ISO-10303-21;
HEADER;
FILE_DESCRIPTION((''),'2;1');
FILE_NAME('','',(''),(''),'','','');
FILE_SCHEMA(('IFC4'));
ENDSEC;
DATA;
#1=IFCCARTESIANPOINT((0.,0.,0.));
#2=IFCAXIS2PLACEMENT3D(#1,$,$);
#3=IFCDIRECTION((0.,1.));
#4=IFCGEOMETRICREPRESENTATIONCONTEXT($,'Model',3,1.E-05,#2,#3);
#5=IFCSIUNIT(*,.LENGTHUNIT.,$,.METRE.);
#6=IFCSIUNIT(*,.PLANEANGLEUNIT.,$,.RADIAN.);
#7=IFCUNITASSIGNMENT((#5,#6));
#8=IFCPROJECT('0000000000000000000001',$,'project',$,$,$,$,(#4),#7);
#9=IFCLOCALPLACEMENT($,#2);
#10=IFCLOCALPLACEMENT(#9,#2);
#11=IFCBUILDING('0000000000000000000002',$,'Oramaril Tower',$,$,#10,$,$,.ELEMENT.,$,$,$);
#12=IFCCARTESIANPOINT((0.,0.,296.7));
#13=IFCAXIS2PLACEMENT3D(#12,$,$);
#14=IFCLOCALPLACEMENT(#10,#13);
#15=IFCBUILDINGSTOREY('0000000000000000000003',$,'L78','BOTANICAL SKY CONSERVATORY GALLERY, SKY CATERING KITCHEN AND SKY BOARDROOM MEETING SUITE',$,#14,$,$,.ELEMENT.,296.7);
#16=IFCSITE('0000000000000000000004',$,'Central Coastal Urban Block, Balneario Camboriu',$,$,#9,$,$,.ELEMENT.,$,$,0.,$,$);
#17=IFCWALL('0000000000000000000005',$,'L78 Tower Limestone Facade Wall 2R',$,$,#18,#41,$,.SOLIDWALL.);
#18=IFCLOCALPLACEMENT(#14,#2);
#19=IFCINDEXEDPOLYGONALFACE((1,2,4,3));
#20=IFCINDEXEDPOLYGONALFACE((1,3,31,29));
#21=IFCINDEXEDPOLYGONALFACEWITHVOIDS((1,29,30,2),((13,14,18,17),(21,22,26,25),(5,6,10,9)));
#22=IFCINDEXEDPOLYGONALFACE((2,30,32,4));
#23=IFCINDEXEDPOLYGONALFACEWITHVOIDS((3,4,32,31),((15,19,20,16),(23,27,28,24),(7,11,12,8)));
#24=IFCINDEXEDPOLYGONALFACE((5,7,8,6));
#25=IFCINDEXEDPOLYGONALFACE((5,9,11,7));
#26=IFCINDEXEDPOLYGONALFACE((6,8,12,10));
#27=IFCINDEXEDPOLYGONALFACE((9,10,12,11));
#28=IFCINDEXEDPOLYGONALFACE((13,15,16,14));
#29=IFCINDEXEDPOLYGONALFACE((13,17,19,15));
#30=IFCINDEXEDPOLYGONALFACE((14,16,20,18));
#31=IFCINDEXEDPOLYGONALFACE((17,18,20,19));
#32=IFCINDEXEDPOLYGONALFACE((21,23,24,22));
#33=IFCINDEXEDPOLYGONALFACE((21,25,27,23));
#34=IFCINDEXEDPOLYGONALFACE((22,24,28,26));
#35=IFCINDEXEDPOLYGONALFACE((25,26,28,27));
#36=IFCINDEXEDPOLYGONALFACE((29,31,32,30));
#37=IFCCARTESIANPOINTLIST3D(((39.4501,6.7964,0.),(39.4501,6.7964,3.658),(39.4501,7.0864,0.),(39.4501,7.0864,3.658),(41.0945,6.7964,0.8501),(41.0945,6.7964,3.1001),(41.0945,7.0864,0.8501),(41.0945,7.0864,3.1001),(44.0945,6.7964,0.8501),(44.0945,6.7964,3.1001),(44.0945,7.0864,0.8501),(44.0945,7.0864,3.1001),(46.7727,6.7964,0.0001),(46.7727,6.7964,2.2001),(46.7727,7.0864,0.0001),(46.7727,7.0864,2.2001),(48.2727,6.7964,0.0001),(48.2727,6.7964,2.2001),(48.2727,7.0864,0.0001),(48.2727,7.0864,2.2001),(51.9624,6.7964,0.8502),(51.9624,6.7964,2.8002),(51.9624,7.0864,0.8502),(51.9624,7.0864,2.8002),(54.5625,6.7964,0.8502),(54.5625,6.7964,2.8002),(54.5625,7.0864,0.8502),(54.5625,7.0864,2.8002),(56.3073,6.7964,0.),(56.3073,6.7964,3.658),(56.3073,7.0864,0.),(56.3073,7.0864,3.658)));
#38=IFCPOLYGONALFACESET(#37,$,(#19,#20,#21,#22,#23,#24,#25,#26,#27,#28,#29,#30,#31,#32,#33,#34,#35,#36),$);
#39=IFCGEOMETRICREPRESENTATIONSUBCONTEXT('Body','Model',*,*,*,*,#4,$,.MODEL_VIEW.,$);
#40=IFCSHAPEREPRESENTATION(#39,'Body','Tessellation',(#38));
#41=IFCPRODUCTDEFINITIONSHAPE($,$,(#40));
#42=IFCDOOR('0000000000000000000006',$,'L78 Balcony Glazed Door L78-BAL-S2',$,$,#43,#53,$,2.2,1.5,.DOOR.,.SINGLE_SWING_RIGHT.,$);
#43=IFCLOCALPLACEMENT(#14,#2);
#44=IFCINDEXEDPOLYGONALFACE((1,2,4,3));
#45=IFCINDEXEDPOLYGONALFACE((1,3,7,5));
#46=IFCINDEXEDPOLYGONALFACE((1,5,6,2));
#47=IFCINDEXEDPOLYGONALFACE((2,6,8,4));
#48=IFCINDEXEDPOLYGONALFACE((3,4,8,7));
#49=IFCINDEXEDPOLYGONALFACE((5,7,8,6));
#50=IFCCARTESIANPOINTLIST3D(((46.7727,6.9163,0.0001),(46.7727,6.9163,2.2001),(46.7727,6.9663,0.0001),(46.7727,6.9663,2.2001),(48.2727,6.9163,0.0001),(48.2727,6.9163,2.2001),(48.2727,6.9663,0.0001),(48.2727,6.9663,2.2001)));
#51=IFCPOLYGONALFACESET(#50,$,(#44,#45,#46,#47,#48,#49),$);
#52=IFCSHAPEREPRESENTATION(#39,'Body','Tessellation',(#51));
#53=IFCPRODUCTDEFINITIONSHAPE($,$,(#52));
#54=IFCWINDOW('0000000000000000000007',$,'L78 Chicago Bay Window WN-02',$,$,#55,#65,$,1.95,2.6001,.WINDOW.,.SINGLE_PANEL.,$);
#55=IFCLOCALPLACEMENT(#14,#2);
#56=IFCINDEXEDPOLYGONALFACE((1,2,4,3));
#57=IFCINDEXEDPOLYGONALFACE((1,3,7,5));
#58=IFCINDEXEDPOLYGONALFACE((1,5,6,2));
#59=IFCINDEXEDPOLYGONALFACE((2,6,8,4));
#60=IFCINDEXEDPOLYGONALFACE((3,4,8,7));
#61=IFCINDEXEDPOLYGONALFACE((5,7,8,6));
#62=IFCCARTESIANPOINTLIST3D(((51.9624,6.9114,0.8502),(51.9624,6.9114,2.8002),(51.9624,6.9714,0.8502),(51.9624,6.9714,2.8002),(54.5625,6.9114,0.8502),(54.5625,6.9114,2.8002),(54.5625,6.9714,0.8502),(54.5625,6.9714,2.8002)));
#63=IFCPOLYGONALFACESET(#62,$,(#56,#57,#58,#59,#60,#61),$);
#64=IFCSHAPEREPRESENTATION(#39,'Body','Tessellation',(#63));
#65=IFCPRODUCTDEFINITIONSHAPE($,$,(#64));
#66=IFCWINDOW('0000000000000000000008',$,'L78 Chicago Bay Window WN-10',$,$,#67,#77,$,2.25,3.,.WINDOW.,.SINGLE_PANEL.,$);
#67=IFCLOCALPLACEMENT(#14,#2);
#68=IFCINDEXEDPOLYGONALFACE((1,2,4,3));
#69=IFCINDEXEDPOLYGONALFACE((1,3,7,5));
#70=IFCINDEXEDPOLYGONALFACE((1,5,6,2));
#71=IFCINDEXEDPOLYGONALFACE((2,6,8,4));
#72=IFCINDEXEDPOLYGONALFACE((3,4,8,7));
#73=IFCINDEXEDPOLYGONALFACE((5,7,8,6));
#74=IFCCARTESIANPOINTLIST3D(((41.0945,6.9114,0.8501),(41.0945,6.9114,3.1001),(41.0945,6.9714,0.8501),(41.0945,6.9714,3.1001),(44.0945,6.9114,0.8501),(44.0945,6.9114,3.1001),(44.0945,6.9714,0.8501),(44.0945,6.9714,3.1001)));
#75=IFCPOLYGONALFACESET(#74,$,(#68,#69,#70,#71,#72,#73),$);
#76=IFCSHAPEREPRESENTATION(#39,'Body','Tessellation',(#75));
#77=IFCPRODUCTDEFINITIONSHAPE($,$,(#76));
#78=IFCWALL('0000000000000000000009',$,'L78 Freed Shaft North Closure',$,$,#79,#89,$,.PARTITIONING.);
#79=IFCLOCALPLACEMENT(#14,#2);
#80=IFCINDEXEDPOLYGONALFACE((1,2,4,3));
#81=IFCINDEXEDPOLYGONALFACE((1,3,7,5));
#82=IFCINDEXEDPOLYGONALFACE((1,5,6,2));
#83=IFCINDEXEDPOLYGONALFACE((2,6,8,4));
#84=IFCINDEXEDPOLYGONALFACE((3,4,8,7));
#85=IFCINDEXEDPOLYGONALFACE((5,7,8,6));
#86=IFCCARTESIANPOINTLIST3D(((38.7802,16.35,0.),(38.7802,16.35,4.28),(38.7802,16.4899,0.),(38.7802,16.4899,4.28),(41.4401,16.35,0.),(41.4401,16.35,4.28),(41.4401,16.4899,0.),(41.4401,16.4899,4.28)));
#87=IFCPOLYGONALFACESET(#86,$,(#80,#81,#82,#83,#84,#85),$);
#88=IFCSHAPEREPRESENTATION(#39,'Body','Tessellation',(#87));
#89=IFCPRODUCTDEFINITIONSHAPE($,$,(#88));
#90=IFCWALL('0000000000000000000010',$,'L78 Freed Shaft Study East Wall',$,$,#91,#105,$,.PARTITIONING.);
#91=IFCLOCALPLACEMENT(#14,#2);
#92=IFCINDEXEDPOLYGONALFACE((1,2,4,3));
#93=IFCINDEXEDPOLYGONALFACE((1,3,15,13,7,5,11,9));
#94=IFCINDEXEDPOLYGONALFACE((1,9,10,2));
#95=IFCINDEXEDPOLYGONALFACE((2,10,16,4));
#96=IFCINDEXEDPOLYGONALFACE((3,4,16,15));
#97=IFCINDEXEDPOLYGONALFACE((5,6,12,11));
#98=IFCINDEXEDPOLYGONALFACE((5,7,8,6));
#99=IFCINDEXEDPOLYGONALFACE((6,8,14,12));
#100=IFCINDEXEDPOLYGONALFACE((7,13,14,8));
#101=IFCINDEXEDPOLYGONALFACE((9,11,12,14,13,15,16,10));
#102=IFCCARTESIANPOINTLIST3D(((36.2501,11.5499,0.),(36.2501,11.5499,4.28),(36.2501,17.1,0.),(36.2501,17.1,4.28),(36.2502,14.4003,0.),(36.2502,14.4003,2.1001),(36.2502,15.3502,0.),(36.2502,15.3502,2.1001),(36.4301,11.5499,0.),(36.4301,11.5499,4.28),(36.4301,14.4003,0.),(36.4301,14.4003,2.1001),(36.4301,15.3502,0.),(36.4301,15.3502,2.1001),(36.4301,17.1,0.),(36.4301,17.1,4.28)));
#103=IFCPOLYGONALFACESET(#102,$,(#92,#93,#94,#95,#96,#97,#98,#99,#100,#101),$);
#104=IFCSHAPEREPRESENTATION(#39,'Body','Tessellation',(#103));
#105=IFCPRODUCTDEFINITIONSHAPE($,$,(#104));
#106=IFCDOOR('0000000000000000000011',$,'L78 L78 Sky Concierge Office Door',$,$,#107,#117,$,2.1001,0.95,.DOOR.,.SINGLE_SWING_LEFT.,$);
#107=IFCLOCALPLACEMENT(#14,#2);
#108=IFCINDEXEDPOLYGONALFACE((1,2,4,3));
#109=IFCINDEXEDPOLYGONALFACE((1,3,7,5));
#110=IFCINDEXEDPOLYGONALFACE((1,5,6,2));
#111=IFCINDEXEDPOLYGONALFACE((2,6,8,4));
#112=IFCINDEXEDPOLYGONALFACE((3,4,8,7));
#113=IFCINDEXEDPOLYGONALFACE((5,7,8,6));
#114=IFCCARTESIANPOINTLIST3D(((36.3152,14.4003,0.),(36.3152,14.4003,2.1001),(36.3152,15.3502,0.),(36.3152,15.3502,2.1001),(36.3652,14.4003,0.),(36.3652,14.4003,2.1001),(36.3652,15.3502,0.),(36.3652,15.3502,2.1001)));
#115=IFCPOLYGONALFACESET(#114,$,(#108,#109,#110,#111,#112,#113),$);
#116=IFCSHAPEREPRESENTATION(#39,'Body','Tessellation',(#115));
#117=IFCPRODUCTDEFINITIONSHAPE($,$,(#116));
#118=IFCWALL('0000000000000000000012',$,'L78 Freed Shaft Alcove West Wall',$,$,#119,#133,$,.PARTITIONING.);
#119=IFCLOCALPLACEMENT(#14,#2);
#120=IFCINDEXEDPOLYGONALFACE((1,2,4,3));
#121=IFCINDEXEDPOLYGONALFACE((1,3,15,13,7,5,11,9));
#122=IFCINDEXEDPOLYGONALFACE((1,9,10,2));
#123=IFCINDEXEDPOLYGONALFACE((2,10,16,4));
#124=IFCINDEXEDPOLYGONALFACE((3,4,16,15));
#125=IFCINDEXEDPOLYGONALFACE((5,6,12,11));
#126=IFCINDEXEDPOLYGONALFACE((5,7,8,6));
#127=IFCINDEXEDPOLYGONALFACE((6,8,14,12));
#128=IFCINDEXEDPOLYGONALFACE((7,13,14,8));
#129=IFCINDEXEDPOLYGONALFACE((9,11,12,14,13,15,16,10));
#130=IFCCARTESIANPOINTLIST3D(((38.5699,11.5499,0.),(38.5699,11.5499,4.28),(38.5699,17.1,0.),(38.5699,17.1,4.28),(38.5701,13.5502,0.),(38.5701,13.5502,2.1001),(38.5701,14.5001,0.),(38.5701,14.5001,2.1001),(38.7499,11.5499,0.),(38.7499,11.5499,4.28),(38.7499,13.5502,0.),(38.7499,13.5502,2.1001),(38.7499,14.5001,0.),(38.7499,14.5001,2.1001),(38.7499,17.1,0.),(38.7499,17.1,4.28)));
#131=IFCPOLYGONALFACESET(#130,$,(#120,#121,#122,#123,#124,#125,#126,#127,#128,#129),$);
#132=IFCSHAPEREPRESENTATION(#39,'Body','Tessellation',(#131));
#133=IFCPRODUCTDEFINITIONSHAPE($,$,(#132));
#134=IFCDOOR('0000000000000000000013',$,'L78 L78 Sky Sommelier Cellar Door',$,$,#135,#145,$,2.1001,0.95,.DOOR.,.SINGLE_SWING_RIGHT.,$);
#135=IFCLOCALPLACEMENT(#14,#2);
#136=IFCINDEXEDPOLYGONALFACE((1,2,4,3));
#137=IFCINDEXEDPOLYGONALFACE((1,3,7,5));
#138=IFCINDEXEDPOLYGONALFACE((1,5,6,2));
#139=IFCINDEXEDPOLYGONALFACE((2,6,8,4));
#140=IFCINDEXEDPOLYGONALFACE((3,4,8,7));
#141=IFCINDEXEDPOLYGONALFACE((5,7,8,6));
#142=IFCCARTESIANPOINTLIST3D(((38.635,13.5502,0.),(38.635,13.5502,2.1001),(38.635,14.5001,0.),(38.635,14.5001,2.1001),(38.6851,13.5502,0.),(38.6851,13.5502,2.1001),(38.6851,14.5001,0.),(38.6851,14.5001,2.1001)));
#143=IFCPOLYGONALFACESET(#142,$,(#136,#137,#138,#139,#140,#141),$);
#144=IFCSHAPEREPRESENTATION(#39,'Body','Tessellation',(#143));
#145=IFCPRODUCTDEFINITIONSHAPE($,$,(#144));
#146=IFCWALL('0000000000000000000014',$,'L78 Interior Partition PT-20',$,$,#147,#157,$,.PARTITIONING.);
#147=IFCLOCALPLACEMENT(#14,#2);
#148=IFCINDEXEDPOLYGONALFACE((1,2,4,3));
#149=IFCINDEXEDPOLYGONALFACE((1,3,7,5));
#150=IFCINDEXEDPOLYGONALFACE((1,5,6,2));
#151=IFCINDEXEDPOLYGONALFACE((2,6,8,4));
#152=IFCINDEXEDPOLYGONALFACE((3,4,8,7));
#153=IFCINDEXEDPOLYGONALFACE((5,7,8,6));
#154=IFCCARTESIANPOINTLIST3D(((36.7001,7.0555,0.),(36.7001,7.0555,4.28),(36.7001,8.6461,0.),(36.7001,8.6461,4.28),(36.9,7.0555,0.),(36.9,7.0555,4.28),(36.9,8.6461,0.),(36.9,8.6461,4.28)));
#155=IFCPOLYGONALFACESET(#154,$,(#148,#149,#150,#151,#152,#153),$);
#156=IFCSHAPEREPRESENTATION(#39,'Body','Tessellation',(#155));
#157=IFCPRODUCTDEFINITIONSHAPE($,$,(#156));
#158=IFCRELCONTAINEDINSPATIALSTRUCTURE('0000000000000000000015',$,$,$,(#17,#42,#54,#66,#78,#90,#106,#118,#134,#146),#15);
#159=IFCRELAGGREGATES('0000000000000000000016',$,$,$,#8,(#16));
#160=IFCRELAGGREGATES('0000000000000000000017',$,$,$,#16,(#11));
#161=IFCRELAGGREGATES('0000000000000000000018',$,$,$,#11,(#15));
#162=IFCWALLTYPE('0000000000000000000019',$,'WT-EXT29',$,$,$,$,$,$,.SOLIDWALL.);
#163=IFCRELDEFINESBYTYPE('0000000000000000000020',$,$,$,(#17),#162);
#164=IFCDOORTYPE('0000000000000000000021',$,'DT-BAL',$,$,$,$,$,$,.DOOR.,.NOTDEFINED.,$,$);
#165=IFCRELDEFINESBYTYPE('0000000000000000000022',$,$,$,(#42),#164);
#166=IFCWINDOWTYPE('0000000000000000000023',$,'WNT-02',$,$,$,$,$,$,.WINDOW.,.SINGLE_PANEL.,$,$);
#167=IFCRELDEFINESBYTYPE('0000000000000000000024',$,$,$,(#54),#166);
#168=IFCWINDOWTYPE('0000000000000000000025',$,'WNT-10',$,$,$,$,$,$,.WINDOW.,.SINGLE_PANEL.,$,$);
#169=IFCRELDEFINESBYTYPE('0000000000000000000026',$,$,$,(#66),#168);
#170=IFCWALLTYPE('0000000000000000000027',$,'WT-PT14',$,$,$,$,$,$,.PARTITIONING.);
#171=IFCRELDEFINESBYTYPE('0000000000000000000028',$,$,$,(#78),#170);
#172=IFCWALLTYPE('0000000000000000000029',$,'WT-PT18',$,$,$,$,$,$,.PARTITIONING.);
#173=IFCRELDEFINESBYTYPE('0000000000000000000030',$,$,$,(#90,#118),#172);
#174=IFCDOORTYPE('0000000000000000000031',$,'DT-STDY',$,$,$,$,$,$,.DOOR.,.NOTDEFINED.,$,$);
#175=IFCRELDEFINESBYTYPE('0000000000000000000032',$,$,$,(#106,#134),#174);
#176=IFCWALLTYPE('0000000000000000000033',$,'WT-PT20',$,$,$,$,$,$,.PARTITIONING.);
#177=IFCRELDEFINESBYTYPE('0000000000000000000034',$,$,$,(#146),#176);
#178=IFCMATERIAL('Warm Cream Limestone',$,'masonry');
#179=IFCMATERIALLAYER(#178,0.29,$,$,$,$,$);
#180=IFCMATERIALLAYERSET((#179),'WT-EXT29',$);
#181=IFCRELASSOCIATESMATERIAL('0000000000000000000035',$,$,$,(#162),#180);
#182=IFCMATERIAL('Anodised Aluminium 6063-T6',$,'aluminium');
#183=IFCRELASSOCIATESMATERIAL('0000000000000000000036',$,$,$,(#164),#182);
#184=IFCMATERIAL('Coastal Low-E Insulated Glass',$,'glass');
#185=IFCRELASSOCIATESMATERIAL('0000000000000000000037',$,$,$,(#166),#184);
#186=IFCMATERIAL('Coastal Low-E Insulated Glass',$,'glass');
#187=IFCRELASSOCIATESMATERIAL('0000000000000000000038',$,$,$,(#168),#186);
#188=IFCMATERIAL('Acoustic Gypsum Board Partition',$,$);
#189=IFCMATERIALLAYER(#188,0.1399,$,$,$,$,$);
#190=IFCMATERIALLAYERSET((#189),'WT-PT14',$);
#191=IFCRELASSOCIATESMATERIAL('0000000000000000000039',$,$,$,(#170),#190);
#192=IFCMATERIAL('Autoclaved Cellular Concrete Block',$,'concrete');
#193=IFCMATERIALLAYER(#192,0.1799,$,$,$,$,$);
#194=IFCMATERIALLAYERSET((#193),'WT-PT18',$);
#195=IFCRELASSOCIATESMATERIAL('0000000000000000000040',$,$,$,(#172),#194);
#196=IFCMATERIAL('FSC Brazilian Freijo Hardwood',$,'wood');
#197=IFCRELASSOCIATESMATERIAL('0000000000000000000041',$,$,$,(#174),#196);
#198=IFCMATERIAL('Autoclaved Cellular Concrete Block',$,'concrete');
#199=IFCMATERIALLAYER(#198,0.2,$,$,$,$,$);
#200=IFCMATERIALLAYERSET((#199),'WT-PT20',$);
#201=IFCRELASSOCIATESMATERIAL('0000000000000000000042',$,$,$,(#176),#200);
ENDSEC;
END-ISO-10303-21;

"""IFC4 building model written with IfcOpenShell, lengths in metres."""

from ifc_helpers import new_model, si_unit, direction, frame, frame_2d, origin, place, context, subcontext, project, spatial, rectangle, extrude, material, layer, layer_set, type_object, element, fill, save


model = new_model("IFC4")

# Units and contexts
model_context = context("Model", 3, precision=1e-05, world=origin(), true_north=direction((0.0, 1.0)))
body_context = subcontext(model_context, "Body", "Model", "MODEL_VIEW")
ifc_project = project(units=[si_unit("LENGTHUNIT", "METRE"), si_unit("PLANEANGLEUNIT", "RADIAN")], contexts=[model_context])

# Site, building, storey
site_placement = place(None, origin())
site = spatial("IfcSite", under=ifc_project, at=site_placement, Name="Central Coastal Urban Block, Balneario Camboriu", CompositionType="ELEMENT", RefElevation=0.0)
building_placement = place(site_placement, origin())
building = spatial("IfcBuilding", under=site, at=building_placement, Name="Oramaril Tower", CompositionType="ELEMENT")
storey_placement = place(building_placement, frame((0.0, 0.0, 296.7)))
storey = spatial("IfcBuildingStorey", under=building, at=storey_placement, Name="L78", Description="BOTANICAL SKY CONSERVATORY GALLERY, SKY CATERING KITCHEN AND SKY BOARDROOM MEETING SUITE", CompositionType="ELEMENT", Elevation=296.7)

# Wall, openings, door, windows
ifc_material_1 = material(Name="Warm Cream Limestone", Category="masonry")
ifc_layer_1 = layer(ifc_material_1, 0.29)
ifc_layer_set_1 = layer_set([ifc_layer_1], Name="WT-EXT29")
wall_type_1 = type_object("IfcWallType", Name="WT-EXT29", PredefinedType="SOLIDWALL", material=ifc_layer_set_1)
wall_1_placement = place(storey_placement, frame((39.45, 6.9414, 0.0), z_axis=(0.0, 0.0, 1.0), x_axis=(1.0, 0.0, 0.0)))
wall_1 = element("IfcWall", 1, at=wall_1_placement, inside=storey, type_object=wall_type_1, Name="L78 Tower Limestone Facade Wall 2R", PredefinedType="SOLIDWALL", context=body_context, shape_type="SweptSolid", body=[
    extrude(rectangle(XDim=16.8572, YDim=0.29, at=frame_2d((8.4287, 0.0))), origin(), (0.0, 0.0, 1.0), 3.658),
])
opening_1_placement = place(wall_1_placement, frame((7.3228, 0.0, 0.0)))
opening_1 = element("IfcOpeningElement", 2, at=opening_1_placement, cuts=wall_1, PredefinedType="OPENING", context=body_context, shape_type="SweptSolid", body=[
    extrude(rectangle(XDim=1.5, YDim=2.2, at=frame_2d((0.75, 1.1001))), frame((0.0, 0.145, 0.0), z_axis=(0.0, -1.0, 0.0), x_axis=(1.0, 0.0, 0.0)), (0.0, 0.0, 1.0), 0.29),
])
opening_2_placement = place(wall_1_placement, frame((1.6445, 0.0, 0.8501)))
opening_2 = element("IfcOpeningElement", 3, at=opening_2_placement, cuts=wall_1, PredefinedType="OPENING", context=body_context, shape_type="SweptSolid", body=[
    extrude(rectangle(XDim=3.0, YDim=2.25, at=frame_2d((1.5, 1.125))), frame((0.0, 0.145, 0.0), z_axis=(0.0, -1.0, 0.0), x_axis=(1.0, 0.0, 0.0)), (0.0, 0.0, 1.0), 0.29),
])
opening_3_placement = place(wall_1_placement, frame((12.5125, 0.0, 0.8501)))
opening_3 = element("IfcOpeningElement", 4, at=opening_3_placement, cuts=wall_1, PredefinedType="OPENING", context=body_context, shape_type="SweptSolid", body=[
    extrude(rectangle(XDim=2.6001, YDim=1.95, at=frame_2d((1.3, 0.9751))), frame((0.0, 0.145, 0.0), z_axis=(0.0, -1.0, 0.0), x_axis=(1.0, 0.0, 0.0)), (0.0, 0.0, 1.0), 0.29),
])
ifc_material_2 = material(Name="Anodised Aluminium 6063-T6", Category="aluminium")
door_type_1 = type_object("IfcDoorType", Name="DT-BAL", OperationType="NOTDEFINED", PredefinedType="DOOR", material=ifc_material_2)
door_1_placement = place(opening_1_placement, origin())
door_1 = element("IfcDoor", 5, at=door_1_placement, inside=storey, type_object=door_type_1, Name="L78 Balcony Glazed Door L78-BAL-S2", OperationType="SINGLE_SWING_RIGHT", OverallHeight=2.2, OverallWidth=1.5, PredefinedType="DOOR", context=body_context, shape_type="SweptSolid", body=[
    extrude(rectangle(XDim=1.5, YDim=2.2, at=frame_2d((0.75, 1.1001))), frame((0.0, 0.0249, 0.0), z_axis=(0.0, -1.0, 0.0), x_axis=(1.0, 0.0, 0.0)), (0.0, 0.0, 1.0), 0.05),
])
fill(opening_1, door_1)
ifc_material_3 = material(Name="Coastal Low-E Insulated Glass", Category="glass")
window_type_1 = type_object("IfcWindowType", Name="WNT-02", PartitioningType="SINGLE_PANEL", PredefinedType="WINDOW", material=ifc_material_3)
window_1_placement = place(opening_3_placement, origin())
window_1 = element("IfcWindow", 6, at=window_1_placement, inside=storey, type_object=window_type_1, Name="L78 Chicago Bay Window WN-02", OverallHeight=1.95, OverallWidth=2.6001, PartitioningType="SINGLE_PANEL", PredefinedType="WINDOW", context=body_context, shape_type="SweptSolid", body=[
    extrude(rectangle(XDim=2.6001, YDim=1.95, at=frame_2d((1.3, 0.9751))), frame((0.0, 0.03, 0.0), z_axis=(0.0, -1.0, 0.0), x_axis=(1.0, 0.0, 0.0)), (0.0, 0.0, 1.0), 0.0601),
])
fill(opening_3, window_1)
ifc_material_4 = material(Name="Coastal Low-E Insulated Glass", Category="glass")
window_type_2 = type_object("IfcWindowType", Name="WNT-10", PartitioningType="SINGLE_PANEL", PredefinedType="WINDOW", material=ifc_material_4)
window_2_placement = place(opening_2_placement, origin())
window_2 = element("IfcWindow", 7, at=window_2_placement, inside=storey, type_object=window_type_2, Name="L78 Chicago Bay Window WN-10", OverallHeight=2.25, OverallWidth=3.0, PartitioningType="SINGLE_PANEL", PredefinedType="WINDOW", context=body_context, shape_type="SweptSolid", body=[
    extrude(rectangle(XDim=3.0, YDim=2.25, at=frame_2d((1.5, 1.125))), frame((0.0, 0.03, 0.0), z_axis=(0.0, -1.0, 0.0), x_axis=(1.0, 0.0, 0.0)), (0.0, 0.0, 1.0), 0.0601),
])
fill(opening_2, window_2)

# Wall
ifc_material_5 = material(Name="Acoustic Gypsum Board Partition")
ifc_layer_2 = layer(ifc_material_5, 0.1399)
ifc_layer_set_2 = layer_set([ifc_layer_2], Name="WT-PT14")
wall_type_2 = type_object("IfcWallType", Name="WT-PT14", PredefinedType="PARTITIONING", material=ifc_layer_set_2)
wall_2_placement = place(storey_placement, frame((38.78, 16.4199, 0.0), z_axis=(0.0, 0.0, 1.0), x_axis=(1.0, 0.0, 0.0)))
element("IfcWall", 8, at=wall_2_placement, inside=storey, type_object=wall_type_2, Name="L78 Freed Shaft North Closure", PredefinedType="PARTITIONING", context=body_context, shape_type="SweptSolid", body=[
    extrude(rectangle(XDim=2.6599, YDim=0.1399, at=frame_2d((1.3301, 0.0))), origin(), (0.0, 0.0, 1.0), 4.28),
])

# Walls, openings, doors
ifc_material_6 = material(Name="Autoclaved Cellular Concrete Block", Category="concrete")
ifc_layer_3 = layer(ifc_material_6, 0.1799)
ifc_layer_set_3 = layer_set([ifc_layer_3], Name="WT-PT18")
wall_type_3 = type_object("IfcWallType", Name="WT-PT18", PredefinedType="PARTITIONING", material=ifc_layer_set_3)
wall_3_placement = place(storey_placement, frame((36.3401, 11.55, 0.0), z_axis=(0.0, 0.0, 1.0), x_axis=(0.0, 1.0, 0.0)))
wall_3 = element("IfcWall", 9, at=wall_3_placement, inside=storey, type_object=wall_type_3, Name="L78 Freed Shaft Study East Wall", PredefinedType="PARTITIONING", context=body_context, shape_type="SweptSolid", body=[
    extrude(rectangle(XDim=5.55, YDim=0.1799, at=frame_2d((2.7749, 0.0))), origin(), (0.0, 0.0, 1.0), 4.28),
])
opening_4_placement = place(wall_3_placement, frame((2.8501, 0.0, 0.0)))
opening_4 = element("IfcOpeningElement", 10, at=opening_4_placement, cuts=wall_3, PredefinedType="OPENING", context=body_context, shape_type="SweptSolid", body=[
    extrude(rectangle(XDim=0.95, YDim=2.1001, at=frame_2d((0.4751, 1.05))), frame((0.0, 0.0898, 0.0), z_axis=(0.0, -1.0, 0.0), x_axis=(1.0, 0.0, 0.0)), (0.0, 0.0, 1.0), 0.1799),
])
ifc_material_7 = material(Name="FSC Brazilian Freijo Hardwood", Category="wood")
door_type_2 = type_object("IfcDoorType", Name="DT-STDY", OperationType="NOTDEFINED", PredefinedType="DOOR", material=ifc_material_7)
door_2_placement = place(opening_4_placement, origin())
door_2 = element("IfcDoor", 11, at=door_2_placement, inside=storey, type_object=door_type_2, Name="L78 L78 Sky Concierge Office Door", OperationType="SINGLE_SWING_LEFT", OverallHeight=2.1001, OverallWidth=0.95, PredefinedType="DOOR", context=body_context, shape_type="SweptSolid", body=[
    extrude(rectangle(XDim=0.95, YDim=2.1001, at=frame_2d((0.4751, 1.05))), frame((0.0, 0.0249, 0.0), z_axis=(0.0, -1.0, 0.0), x_axis=(1.0, 0.0, 0.0)), (0.0, 0.0, 1.0), 0.05),
])
fill(opening_4, door_2)
wall_4_placement = place(storey_placement, frame((38.6599, 11.55, 0.0), z_axis=(0.0, 0.0, 1.0), x_axis=(0.0, 1.0, 0.0)))
wall_4 = element("IfcWall", 12, at=wall_4_placement, inside=storey, type_object=wall_type_3, Name="L78 Freed Shaft Alcove West Wall", PredefinedType="PARTITIONING", context=body_context, shape_type="SweptSolid", body=[
    extrude(rectangle(XDim=5.55, YDim=0.1799, at=frame_2d((2.7749, 0.0))), origin(), (0.0, 0.0, 1.0), 4.28),
])
opening_5_placement = place(wall_4_placement, frame((2.0, 0.0, 0.0)))
opening_5 = element("IfcOpeningElement", 13, at=opening_5_placement, cuts=wall_4, PredefinedType="OPENING", context=body_context, shape_type="SweptSolid", body=[
    extrude(rectangle(XDim=0.95, YDim=2.1001, at=frame_2d((0.4751, 1.05))), frame((0.0, 0.0898, 0.0), z_axis=(0.0, -1.0, 0.0), x_axis=(1.0, 0.0, 0.0)), (0.0, 0.0, 1.0), 0.1799),
])
door_3_placement = place(opening_5_placement, origin())
door_3 = element("IfcDoor", 14, at=door_3_placement, inside=storey, type_object=door_type_2, Name="L78 L78 Sky Sommelier Cellar Door", OperationType="SINGLE_SWING_RIGHT", OverallHeight=2.1001, OverallWidth=0.95, PredefinedType="DOOR", context=body_context, shape_type="SweptSolid", body=[
    extrude(rectangle(XDim=0.95, YDim=2.1001, at=frame_2d((0.4751, 1.05))), frame((0.0, 0.0249, 0.0), z_axis=(0.0, -1.0, 0.0), x_axis=(1.0, 0.0, 0.0)), (0.0, 0.0, 1.0), 0.05),
])
fill(opening_5, door_3)

# Wall
ifc_material_8 = material(Name="Autoclaved Cellular Concrete Block", Category="concrete")
ifc_layer_4 = layer(ifc_material_8, 0.2)
ifc_layer_set_4 = layer_set([ifc_layer_4], Name="WT-PT20")
wall_type_4 = type_object("IfcWallType", Name="WT-PT20", PredefinedType="PARTITIONING", material=ifc_layer_set_4)
wall_5_placement = place(storey_placement, frame((36.8, 7.0554, 0.0), z_axis=(0.0, 0.0, 1.0), x_axis=(0.0, 1.0, 0.0)))
element("IfcWall", 15, at=wall_5_placement, inside=storey, type_object=wall_type_4, Name="L78 Interior Partition PT-20", PredefinedType="PARTITIONING", context=body_context, shape_type="SweptSolid", body=[
    extrude(rectangle(XDim=1.5906, YDim=0.2, at=frame_2d((0.7954, 0.0))), origin(), (0.0, 0.0, 1.0), 4.28),
])

save(model, "model.ifc")
